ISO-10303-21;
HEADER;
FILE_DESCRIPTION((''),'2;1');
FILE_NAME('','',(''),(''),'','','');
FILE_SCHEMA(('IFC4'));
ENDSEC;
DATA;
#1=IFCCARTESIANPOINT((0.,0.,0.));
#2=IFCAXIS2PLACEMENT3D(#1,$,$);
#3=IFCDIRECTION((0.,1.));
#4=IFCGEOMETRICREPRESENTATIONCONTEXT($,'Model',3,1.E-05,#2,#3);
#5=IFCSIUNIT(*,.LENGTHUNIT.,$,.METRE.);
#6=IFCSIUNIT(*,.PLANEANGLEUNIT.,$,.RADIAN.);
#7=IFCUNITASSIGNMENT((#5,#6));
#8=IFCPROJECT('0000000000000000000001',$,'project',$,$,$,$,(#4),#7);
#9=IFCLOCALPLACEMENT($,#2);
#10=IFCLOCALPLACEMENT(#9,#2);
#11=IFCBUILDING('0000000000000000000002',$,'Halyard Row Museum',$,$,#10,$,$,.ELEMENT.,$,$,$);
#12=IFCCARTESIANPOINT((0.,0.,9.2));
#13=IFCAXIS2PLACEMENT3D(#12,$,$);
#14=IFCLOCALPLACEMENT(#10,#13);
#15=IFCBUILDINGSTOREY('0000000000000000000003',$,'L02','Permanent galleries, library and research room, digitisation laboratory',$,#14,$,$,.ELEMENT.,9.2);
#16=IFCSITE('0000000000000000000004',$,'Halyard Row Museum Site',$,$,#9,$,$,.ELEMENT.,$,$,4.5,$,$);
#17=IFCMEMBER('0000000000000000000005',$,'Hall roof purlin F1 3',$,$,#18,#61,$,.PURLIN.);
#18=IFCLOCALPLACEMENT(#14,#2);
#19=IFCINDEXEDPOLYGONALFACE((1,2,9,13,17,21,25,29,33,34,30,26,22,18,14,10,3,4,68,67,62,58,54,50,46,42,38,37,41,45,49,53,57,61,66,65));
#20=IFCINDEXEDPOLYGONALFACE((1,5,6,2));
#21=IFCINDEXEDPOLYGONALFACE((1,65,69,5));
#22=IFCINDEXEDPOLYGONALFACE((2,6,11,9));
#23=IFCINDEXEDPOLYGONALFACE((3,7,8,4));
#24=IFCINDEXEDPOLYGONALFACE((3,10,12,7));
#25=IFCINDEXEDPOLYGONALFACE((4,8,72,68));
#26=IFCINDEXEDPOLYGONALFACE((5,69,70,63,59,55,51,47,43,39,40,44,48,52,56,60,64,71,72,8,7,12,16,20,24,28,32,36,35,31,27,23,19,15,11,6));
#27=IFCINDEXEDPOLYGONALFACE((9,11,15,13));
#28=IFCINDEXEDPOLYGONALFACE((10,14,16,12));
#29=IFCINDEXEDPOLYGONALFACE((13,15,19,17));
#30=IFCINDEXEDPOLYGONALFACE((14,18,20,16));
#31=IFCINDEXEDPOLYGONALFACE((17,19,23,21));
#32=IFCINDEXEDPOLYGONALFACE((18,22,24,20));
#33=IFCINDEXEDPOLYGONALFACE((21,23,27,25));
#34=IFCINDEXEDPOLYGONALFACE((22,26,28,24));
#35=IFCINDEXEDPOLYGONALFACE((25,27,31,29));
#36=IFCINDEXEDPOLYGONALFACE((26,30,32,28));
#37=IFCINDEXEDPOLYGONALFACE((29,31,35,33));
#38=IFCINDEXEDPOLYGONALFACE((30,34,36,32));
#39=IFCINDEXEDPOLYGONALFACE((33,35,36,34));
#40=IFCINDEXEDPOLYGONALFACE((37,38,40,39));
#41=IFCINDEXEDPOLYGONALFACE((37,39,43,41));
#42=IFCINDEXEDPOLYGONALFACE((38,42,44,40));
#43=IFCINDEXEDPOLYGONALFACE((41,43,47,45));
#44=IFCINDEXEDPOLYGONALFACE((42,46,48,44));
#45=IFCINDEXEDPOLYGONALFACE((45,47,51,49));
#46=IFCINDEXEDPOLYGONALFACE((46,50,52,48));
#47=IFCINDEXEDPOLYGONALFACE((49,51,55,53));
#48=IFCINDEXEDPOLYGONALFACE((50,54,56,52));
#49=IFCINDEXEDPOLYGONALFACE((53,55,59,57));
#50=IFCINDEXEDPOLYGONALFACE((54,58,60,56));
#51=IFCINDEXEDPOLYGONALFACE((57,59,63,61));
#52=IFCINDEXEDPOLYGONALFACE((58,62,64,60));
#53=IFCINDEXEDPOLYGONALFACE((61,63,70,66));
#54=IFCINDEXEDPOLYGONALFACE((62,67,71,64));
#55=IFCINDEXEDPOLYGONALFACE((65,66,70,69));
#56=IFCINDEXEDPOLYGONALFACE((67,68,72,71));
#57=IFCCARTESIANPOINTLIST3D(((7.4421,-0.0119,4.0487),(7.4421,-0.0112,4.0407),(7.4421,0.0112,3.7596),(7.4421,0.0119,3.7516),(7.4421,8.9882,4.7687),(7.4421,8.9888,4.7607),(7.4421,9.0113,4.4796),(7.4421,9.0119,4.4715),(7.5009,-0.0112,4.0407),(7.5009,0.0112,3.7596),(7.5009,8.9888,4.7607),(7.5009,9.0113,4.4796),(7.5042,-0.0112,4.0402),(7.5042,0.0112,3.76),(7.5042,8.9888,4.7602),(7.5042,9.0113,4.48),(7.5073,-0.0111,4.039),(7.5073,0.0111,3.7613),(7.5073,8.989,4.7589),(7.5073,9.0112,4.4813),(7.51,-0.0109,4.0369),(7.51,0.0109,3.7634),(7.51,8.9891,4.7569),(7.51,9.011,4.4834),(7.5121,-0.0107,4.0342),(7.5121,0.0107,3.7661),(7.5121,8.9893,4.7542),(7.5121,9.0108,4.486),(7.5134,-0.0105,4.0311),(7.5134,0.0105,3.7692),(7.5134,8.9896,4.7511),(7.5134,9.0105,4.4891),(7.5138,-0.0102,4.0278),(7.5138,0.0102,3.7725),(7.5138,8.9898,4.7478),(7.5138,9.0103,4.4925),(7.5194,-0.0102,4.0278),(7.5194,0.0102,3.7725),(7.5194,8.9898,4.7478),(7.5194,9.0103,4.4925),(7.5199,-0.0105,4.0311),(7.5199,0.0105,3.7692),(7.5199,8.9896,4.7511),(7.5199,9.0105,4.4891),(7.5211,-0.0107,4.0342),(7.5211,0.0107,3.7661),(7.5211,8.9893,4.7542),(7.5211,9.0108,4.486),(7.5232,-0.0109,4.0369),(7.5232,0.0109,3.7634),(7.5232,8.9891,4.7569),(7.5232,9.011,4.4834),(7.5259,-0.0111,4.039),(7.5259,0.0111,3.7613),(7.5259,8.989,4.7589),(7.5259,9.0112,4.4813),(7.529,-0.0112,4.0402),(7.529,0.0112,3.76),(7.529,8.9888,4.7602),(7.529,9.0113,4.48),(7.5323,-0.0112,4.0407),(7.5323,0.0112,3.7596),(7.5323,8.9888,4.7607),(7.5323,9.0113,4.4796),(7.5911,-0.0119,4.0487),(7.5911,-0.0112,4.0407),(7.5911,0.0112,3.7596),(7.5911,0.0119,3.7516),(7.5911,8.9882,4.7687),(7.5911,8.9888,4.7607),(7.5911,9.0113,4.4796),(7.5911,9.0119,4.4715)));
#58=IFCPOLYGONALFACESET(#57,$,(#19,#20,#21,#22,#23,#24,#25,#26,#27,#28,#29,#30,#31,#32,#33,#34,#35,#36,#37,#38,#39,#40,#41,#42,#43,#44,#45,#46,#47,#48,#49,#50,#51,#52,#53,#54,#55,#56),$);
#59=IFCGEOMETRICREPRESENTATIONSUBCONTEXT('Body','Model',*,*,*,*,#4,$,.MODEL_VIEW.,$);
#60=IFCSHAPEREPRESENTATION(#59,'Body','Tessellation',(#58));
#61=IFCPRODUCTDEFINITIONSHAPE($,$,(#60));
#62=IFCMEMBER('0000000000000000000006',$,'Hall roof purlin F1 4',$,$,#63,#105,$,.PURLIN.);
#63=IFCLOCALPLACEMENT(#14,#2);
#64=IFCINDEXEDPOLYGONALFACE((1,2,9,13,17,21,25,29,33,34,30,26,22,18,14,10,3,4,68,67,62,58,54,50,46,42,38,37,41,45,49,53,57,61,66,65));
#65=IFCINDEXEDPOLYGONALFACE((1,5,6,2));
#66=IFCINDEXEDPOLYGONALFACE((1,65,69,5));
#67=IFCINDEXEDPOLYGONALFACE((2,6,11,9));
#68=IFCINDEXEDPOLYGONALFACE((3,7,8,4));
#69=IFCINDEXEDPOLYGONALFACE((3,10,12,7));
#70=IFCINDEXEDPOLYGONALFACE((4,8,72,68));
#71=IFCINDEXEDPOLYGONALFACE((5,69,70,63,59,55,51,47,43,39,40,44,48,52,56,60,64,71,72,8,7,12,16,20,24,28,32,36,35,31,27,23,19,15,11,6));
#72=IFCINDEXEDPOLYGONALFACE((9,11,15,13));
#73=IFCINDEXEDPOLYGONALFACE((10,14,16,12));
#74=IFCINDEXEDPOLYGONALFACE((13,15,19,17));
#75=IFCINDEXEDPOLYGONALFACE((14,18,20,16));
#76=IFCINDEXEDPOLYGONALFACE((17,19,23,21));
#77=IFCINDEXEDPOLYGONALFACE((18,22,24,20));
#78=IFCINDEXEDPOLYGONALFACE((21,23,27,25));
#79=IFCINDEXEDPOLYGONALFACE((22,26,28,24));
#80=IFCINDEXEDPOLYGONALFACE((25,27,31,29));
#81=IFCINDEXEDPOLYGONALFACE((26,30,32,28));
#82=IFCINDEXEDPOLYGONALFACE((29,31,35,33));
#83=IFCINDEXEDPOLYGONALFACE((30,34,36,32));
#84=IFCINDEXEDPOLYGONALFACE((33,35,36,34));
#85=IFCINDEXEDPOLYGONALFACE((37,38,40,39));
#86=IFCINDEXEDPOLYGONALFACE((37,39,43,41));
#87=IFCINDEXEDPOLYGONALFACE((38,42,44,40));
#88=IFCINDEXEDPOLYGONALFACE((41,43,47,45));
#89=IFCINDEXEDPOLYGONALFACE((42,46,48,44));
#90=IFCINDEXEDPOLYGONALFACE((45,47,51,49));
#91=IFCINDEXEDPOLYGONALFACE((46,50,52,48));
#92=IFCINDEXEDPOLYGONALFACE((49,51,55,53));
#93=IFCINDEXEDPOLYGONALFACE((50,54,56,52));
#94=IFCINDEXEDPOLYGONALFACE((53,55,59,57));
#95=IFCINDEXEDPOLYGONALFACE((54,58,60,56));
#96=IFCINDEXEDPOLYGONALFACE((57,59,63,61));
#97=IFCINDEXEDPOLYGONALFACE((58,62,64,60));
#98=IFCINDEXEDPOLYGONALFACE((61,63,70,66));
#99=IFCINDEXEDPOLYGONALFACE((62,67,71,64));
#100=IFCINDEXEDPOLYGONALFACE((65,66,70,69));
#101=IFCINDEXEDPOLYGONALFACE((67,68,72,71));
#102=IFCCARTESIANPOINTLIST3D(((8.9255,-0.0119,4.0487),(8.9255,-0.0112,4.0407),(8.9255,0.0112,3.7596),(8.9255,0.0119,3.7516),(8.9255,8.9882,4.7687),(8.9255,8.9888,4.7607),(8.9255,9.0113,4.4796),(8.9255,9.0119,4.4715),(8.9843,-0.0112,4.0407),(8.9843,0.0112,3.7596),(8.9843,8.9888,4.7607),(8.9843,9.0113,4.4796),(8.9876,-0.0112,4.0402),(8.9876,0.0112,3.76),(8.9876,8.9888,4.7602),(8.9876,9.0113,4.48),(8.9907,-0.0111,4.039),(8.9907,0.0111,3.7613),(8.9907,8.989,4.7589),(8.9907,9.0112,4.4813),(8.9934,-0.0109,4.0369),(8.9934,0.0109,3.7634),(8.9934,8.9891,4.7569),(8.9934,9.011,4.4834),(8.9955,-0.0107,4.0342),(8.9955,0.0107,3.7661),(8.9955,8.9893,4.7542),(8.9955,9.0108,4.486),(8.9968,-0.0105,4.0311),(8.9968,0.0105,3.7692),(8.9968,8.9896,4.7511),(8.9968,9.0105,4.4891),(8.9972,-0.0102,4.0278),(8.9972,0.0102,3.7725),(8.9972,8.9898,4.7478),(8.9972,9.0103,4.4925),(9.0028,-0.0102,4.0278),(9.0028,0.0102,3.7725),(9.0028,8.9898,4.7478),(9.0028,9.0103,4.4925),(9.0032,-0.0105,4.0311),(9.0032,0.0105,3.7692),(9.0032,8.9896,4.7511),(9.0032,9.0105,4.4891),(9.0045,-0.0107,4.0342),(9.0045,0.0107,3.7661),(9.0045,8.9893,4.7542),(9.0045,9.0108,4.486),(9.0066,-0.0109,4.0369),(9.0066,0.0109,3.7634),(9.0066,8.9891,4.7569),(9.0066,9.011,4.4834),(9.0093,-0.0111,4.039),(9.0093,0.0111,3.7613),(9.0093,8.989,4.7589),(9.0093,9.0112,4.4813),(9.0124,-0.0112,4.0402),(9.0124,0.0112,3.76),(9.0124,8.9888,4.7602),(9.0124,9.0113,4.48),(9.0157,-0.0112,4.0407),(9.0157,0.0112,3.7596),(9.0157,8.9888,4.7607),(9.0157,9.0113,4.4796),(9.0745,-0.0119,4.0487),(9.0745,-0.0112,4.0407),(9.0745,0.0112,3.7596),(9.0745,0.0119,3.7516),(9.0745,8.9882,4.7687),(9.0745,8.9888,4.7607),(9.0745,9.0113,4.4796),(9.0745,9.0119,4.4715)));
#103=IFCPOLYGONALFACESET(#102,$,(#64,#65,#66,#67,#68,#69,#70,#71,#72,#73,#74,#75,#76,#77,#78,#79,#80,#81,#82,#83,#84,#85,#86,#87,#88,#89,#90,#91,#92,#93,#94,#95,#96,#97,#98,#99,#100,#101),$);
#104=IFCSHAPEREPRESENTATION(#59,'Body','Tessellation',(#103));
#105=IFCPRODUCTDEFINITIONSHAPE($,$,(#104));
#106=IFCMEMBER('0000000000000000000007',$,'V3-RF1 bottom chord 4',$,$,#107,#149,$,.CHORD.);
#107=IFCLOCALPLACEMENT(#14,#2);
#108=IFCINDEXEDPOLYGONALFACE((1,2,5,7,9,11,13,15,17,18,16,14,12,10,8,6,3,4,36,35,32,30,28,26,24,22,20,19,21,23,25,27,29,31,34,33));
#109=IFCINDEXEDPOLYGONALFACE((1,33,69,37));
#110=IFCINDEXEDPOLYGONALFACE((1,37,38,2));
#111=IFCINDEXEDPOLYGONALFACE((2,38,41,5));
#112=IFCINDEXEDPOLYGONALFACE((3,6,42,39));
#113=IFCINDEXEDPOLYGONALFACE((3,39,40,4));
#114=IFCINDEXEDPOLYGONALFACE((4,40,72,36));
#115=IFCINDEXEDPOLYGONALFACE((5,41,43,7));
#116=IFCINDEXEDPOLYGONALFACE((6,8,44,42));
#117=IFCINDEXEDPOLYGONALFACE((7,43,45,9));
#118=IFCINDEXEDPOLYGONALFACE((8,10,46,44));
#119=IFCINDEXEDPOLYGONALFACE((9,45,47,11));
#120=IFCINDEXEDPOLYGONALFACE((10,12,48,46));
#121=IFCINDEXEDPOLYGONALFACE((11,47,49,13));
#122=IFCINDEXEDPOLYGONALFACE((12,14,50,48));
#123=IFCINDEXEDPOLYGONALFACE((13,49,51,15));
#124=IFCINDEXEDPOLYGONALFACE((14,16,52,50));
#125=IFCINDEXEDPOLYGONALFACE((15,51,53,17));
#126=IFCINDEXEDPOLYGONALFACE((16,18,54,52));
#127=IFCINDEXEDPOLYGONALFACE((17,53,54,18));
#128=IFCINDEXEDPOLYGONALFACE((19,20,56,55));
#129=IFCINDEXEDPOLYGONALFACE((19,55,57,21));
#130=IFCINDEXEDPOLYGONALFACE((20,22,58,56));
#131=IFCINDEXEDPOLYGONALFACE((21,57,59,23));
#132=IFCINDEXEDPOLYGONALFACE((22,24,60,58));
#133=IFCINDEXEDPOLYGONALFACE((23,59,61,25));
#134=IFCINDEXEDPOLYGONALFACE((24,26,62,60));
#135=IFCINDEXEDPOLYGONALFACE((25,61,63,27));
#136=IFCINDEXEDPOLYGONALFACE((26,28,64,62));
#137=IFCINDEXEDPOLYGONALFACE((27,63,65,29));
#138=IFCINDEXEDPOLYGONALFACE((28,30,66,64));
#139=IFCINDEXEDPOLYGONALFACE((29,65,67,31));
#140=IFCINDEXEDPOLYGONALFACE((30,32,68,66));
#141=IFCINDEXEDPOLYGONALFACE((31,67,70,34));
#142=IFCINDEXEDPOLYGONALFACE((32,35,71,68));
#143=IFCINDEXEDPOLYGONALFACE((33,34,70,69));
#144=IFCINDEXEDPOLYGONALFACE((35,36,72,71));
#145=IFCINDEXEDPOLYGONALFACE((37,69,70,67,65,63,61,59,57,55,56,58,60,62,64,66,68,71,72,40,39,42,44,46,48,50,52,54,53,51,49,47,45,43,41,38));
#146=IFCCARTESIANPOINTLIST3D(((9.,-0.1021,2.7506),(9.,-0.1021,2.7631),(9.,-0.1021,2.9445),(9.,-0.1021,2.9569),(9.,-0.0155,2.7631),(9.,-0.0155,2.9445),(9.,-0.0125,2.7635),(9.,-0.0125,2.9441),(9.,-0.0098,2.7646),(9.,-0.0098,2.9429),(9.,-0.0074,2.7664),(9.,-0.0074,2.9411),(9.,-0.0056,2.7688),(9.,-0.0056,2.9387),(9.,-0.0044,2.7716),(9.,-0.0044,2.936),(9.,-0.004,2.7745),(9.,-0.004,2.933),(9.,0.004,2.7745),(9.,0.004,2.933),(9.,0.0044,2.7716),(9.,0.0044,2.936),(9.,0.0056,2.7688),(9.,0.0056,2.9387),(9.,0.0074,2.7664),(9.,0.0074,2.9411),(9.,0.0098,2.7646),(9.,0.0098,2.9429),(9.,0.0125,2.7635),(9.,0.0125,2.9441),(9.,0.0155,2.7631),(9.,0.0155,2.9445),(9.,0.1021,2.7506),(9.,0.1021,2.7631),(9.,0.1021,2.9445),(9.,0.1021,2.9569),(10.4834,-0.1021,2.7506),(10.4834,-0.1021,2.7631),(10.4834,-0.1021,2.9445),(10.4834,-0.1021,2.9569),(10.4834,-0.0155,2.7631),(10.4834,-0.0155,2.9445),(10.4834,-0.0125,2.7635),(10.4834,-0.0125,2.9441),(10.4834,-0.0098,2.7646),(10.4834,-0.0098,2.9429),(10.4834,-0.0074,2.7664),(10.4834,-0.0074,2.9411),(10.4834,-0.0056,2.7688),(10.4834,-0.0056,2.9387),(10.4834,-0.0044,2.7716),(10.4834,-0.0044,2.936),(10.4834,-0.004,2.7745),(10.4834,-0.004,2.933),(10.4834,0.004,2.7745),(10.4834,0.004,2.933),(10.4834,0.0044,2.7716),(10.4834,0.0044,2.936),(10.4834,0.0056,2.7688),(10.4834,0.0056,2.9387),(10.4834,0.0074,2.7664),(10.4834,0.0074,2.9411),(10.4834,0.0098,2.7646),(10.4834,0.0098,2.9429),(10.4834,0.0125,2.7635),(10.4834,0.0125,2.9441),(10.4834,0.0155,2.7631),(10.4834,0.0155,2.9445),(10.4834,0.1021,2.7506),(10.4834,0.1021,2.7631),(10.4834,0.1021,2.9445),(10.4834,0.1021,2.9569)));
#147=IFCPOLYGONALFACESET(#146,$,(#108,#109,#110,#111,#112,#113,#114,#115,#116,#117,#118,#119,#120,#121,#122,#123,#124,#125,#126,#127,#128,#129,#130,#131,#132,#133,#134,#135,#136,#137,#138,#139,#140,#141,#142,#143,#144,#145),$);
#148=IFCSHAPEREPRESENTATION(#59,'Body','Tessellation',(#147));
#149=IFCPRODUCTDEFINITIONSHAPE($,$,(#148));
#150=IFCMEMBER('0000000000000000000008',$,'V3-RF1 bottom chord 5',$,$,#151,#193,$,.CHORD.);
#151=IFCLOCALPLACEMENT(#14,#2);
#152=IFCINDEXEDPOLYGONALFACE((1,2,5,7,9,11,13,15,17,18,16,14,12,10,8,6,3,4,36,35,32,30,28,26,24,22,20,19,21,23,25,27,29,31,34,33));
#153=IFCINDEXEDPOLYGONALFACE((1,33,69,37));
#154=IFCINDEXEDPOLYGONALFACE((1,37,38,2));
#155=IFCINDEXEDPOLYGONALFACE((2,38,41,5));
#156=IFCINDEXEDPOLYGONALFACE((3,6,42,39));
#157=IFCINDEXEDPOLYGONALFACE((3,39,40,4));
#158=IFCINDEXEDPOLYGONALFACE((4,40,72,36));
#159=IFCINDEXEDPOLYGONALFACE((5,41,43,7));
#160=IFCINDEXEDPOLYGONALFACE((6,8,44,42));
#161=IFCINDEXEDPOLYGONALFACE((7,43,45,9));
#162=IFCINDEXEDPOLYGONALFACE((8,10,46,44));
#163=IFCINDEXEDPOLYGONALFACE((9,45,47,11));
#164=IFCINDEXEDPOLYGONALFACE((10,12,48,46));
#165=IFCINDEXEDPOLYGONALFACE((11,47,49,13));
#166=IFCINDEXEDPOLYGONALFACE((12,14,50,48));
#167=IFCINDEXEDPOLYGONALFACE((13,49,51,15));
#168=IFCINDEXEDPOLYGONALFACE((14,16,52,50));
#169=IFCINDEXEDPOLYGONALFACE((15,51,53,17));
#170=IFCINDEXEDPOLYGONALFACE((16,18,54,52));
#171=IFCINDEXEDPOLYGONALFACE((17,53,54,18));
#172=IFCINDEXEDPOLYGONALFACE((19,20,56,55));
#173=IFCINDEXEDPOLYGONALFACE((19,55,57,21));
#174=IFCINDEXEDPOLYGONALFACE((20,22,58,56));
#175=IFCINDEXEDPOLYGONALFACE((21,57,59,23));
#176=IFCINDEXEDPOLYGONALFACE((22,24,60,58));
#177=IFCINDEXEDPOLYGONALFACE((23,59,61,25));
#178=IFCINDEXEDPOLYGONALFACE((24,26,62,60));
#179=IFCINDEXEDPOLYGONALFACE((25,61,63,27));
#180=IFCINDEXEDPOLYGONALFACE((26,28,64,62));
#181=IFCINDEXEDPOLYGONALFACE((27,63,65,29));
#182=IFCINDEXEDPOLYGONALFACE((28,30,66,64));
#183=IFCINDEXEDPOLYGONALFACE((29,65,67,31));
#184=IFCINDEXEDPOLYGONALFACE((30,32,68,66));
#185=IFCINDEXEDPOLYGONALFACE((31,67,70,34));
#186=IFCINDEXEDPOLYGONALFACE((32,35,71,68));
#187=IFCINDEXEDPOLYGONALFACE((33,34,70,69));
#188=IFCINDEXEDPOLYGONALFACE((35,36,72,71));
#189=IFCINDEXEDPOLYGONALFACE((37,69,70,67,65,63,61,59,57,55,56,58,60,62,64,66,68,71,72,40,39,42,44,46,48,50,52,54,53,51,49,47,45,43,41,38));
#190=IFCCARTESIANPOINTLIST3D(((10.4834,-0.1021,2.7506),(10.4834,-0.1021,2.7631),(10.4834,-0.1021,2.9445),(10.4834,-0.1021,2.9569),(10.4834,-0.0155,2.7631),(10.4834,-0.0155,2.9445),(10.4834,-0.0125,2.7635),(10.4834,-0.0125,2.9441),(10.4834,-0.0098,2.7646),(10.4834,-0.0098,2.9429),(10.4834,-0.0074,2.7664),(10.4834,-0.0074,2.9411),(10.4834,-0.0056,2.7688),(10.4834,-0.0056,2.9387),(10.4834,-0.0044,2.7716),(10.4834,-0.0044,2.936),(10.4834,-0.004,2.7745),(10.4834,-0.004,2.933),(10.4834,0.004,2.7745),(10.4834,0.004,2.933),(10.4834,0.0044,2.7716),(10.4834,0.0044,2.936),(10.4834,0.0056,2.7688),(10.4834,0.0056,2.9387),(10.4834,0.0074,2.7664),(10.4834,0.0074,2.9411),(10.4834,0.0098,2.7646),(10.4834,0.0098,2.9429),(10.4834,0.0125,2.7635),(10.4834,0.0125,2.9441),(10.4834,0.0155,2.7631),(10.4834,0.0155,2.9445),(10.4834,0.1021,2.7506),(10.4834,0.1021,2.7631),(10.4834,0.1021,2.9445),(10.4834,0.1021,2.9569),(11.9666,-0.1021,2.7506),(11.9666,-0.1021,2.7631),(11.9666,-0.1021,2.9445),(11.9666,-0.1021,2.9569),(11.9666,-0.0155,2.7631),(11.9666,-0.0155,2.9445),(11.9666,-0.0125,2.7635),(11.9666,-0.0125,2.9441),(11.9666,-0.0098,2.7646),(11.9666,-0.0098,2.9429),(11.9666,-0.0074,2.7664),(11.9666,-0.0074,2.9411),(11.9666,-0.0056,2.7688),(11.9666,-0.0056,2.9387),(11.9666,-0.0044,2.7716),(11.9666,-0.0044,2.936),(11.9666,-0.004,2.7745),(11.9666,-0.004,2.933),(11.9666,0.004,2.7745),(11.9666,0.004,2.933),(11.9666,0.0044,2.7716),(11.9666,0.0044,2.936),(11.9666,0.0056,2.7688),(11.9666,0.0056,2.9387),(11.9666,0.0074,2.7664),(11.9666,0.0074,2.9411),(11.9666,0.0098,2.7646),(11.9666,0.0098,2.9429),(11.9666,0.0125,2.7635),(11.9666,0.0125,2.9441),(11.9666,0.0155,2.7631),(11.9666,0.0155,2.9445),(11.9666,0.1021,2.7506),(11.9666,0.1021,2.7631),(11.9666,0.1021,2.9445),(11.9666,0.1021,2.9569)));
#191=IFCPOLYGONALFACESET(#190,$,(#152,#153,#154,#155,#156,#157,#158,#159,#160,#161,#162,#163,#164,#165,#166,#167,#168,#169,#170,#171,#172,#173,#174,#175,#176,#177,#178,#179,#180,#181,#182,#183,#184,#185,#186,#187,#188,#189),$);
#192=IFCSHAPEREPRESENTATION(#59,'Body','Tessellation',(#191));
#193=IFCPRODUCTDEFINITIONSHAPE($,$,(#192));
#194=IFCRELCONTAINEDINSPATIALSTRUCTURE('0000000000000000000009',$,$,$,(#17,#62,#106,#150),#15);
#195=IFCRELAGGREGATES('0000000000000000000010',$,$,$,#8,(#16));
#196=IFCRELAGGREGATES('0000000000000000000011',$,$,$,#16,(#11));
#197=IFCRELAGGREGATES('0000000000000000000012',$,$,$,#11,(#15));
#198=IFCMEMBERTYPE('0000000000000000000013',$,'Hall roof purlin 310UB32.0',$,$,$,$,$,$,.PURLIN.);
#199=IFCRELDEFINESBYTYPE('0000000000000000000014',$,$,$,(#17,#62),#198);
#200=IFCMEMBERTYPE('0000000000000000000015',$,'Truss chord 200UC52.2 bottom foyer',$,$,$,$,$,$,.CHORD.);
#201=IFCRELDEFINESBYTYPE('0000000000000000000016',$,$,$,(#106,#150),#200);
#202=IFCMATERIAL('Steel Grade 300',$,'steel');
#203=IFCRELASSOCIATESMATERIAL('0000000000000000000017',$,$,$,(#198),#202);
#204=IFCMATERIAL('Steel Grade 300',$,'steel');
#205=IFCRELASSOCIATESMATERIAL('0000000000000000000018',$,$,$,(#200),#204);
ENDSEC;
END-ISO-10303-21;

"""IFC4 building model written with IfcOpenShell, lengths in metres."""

from ifc_helpers import new_model, si_unit, direction, frame, origin, origin_2d, place, context, subcontext, project, spatial, i_section, extrude, material, material_profile, profile_set, type_object, element, save


model = new_model("IFC4")

# Units and contexts
model_context = context("Model", 3, precision=1e-05, world=origin(), true_north=direction((0.0, 1.0)))
body_context = subcontext(model_context, "Body", "Model", "MODEL_VIEW")
ifc_project = project(units=[si_unit("LENGTHUNIT", "METRE"), si_unit("PLANEANGLEUNIT", "RADIAN")], contexts=[model_context])

# Site, building, storey
site_placement = place(None, origin())
site = spatial("IfcSite", under=ifc_project, at=site_placement, Name="Halyard Row Museum Site", CompositionType="ELEMENT", RefElevation=4.5)
building_placement = place(site_placement, origin())
building = spatial("IfcBuilding", under=site, at=building_placement, Name="Halyard Row Museum", CompositionType="ELEMENT")
storey_placement = place(building_placement, frame((0.0, 0.0, 9.2)))
storey = spatial("IfcBuildingStorey", under=building, at=storey_placement, Name="L02", Description="Permanent galleries, library and research room, digitisation laboratory", CompositionType="ELEMENT", Elevation=9.2)

# Members
ifc_material_1 = material(Name="Steel Grade 300", Category="steel")
ifc_material_profile_1 = material_profile(ifc_material_1, i_section(OverallWidth=0.1489, OverallDepth=0.2981, WebThickness=0.0056, FlangeThickness=0.0081, FilletRadius=0.0129, at=origin_2d()), Name="310UB32.0")
ifc_profile_set_1 = profile_set([ifc_material_profile_1], Name="Steel Grade 300")
member_type_1 = type_object("IfcMemberType", Name="Hall roof purlin 310UB32.0", PredefinedType="PURLIN", material=ifc_profile_set_1)
for number, where, z_axis, x_axis, name in (
    (1, (7.5166, 0.0, 3.9001), (0.0, 0.996816, 0.079742), (-1.0, 0.0, 0.0), "Hall roof purlin F1 3"),
    (2, (9.0, 0.0, 3.9001), (0.0, 0.996816, 0.079742), (-1.0, 0.0, 0.0), "Hall roof purlin F1 4"),
):
    element("IfcMember", number, at=place(storey_placement, frame(where, z_axis=z_axis, x_axis=x_axis)), inside=storey, type_object=member_type_1, Name=name, PredefinedType="PURLIN", context=body_context, shape_type="SweptSolid", body=[
        extrude(i_section(OverallWidth=0.1489, OverallDepth=0.2981, WebThickness=0.0056, FlangeThickness=0.0081, FilletRadius=0.0129, at=origin_2d()), origin(), (0.0, 0.0, 1.0), 9.0288),
    ])
ifc_material_2 = material(Name="Steel Grade 300", Category="steel")
ifc_material_profile_2 = material_profile(ifc_material_2, i_section(OverallWidth=0.2041, OverallDepth=0.2063, WebThickness=0.0081, FlangeThickness=0.0125, FilletRadius=0.0115, at=origin_2d()), Name="200UC52.2")
ifc_profile_set_2 = profile_set([ifc_material_profile_2], Name="Steel Grade 300")
member_type_2 = type_object("IfcMemberType", Name="Truss chord 200UC52.2 bottom foyer", PredefinedType="CHORD", material=ifc_profile_set_2)
member_1_placement = place(storey_placement, frame((9.0, 0.0, 2.8538), z_axis=(1.0, 0.0, 0.0), x_axis=(0.0, 1.0, 0.0)))
element("IfcMember", 3, at=member_1_placement, inside=storey, type_object=member_type_2, Name="V3-RF1 bottom chord 4", PredefinedType="CHORD", context=body_context, shape_type="SweptSolid", body=[
    extrude(i_section(OverallWidth=0.2041, OverallDepth=0.2063, WebThickness=0.0081, FlangeThickness=0.0125, FilletRadius=0.0115, at=origin_2d()), origin(), (0.0, 0.0, 1.0), 1.4834),
])
member_2_placement = place(storey_placement, frame((10.4834, 0.0, 2.8538), z_axis=(1.0, 0.0, 0.0), x_axis=(0.0, 1.0, 0.0)))
element("IfcMember", 4, at=member_2_placement, inside=storey, type_object=member_type_2, Name="V3-RF1 bottom chord 5", PredefinedType="CHORD", context=body_context, shape_type="SweptSolid", body=[
    extrude(i_section(OverallWidth=0.2041, OverallDepth=0.2063, WebThickness=0.0081, FlangeThickness=0.0125, FilletRadius=0.0115, at=origin_2d()), origin(), (0.0, 0.0, 1.0), 1.4832),
])

save(model, "model.ifc")
